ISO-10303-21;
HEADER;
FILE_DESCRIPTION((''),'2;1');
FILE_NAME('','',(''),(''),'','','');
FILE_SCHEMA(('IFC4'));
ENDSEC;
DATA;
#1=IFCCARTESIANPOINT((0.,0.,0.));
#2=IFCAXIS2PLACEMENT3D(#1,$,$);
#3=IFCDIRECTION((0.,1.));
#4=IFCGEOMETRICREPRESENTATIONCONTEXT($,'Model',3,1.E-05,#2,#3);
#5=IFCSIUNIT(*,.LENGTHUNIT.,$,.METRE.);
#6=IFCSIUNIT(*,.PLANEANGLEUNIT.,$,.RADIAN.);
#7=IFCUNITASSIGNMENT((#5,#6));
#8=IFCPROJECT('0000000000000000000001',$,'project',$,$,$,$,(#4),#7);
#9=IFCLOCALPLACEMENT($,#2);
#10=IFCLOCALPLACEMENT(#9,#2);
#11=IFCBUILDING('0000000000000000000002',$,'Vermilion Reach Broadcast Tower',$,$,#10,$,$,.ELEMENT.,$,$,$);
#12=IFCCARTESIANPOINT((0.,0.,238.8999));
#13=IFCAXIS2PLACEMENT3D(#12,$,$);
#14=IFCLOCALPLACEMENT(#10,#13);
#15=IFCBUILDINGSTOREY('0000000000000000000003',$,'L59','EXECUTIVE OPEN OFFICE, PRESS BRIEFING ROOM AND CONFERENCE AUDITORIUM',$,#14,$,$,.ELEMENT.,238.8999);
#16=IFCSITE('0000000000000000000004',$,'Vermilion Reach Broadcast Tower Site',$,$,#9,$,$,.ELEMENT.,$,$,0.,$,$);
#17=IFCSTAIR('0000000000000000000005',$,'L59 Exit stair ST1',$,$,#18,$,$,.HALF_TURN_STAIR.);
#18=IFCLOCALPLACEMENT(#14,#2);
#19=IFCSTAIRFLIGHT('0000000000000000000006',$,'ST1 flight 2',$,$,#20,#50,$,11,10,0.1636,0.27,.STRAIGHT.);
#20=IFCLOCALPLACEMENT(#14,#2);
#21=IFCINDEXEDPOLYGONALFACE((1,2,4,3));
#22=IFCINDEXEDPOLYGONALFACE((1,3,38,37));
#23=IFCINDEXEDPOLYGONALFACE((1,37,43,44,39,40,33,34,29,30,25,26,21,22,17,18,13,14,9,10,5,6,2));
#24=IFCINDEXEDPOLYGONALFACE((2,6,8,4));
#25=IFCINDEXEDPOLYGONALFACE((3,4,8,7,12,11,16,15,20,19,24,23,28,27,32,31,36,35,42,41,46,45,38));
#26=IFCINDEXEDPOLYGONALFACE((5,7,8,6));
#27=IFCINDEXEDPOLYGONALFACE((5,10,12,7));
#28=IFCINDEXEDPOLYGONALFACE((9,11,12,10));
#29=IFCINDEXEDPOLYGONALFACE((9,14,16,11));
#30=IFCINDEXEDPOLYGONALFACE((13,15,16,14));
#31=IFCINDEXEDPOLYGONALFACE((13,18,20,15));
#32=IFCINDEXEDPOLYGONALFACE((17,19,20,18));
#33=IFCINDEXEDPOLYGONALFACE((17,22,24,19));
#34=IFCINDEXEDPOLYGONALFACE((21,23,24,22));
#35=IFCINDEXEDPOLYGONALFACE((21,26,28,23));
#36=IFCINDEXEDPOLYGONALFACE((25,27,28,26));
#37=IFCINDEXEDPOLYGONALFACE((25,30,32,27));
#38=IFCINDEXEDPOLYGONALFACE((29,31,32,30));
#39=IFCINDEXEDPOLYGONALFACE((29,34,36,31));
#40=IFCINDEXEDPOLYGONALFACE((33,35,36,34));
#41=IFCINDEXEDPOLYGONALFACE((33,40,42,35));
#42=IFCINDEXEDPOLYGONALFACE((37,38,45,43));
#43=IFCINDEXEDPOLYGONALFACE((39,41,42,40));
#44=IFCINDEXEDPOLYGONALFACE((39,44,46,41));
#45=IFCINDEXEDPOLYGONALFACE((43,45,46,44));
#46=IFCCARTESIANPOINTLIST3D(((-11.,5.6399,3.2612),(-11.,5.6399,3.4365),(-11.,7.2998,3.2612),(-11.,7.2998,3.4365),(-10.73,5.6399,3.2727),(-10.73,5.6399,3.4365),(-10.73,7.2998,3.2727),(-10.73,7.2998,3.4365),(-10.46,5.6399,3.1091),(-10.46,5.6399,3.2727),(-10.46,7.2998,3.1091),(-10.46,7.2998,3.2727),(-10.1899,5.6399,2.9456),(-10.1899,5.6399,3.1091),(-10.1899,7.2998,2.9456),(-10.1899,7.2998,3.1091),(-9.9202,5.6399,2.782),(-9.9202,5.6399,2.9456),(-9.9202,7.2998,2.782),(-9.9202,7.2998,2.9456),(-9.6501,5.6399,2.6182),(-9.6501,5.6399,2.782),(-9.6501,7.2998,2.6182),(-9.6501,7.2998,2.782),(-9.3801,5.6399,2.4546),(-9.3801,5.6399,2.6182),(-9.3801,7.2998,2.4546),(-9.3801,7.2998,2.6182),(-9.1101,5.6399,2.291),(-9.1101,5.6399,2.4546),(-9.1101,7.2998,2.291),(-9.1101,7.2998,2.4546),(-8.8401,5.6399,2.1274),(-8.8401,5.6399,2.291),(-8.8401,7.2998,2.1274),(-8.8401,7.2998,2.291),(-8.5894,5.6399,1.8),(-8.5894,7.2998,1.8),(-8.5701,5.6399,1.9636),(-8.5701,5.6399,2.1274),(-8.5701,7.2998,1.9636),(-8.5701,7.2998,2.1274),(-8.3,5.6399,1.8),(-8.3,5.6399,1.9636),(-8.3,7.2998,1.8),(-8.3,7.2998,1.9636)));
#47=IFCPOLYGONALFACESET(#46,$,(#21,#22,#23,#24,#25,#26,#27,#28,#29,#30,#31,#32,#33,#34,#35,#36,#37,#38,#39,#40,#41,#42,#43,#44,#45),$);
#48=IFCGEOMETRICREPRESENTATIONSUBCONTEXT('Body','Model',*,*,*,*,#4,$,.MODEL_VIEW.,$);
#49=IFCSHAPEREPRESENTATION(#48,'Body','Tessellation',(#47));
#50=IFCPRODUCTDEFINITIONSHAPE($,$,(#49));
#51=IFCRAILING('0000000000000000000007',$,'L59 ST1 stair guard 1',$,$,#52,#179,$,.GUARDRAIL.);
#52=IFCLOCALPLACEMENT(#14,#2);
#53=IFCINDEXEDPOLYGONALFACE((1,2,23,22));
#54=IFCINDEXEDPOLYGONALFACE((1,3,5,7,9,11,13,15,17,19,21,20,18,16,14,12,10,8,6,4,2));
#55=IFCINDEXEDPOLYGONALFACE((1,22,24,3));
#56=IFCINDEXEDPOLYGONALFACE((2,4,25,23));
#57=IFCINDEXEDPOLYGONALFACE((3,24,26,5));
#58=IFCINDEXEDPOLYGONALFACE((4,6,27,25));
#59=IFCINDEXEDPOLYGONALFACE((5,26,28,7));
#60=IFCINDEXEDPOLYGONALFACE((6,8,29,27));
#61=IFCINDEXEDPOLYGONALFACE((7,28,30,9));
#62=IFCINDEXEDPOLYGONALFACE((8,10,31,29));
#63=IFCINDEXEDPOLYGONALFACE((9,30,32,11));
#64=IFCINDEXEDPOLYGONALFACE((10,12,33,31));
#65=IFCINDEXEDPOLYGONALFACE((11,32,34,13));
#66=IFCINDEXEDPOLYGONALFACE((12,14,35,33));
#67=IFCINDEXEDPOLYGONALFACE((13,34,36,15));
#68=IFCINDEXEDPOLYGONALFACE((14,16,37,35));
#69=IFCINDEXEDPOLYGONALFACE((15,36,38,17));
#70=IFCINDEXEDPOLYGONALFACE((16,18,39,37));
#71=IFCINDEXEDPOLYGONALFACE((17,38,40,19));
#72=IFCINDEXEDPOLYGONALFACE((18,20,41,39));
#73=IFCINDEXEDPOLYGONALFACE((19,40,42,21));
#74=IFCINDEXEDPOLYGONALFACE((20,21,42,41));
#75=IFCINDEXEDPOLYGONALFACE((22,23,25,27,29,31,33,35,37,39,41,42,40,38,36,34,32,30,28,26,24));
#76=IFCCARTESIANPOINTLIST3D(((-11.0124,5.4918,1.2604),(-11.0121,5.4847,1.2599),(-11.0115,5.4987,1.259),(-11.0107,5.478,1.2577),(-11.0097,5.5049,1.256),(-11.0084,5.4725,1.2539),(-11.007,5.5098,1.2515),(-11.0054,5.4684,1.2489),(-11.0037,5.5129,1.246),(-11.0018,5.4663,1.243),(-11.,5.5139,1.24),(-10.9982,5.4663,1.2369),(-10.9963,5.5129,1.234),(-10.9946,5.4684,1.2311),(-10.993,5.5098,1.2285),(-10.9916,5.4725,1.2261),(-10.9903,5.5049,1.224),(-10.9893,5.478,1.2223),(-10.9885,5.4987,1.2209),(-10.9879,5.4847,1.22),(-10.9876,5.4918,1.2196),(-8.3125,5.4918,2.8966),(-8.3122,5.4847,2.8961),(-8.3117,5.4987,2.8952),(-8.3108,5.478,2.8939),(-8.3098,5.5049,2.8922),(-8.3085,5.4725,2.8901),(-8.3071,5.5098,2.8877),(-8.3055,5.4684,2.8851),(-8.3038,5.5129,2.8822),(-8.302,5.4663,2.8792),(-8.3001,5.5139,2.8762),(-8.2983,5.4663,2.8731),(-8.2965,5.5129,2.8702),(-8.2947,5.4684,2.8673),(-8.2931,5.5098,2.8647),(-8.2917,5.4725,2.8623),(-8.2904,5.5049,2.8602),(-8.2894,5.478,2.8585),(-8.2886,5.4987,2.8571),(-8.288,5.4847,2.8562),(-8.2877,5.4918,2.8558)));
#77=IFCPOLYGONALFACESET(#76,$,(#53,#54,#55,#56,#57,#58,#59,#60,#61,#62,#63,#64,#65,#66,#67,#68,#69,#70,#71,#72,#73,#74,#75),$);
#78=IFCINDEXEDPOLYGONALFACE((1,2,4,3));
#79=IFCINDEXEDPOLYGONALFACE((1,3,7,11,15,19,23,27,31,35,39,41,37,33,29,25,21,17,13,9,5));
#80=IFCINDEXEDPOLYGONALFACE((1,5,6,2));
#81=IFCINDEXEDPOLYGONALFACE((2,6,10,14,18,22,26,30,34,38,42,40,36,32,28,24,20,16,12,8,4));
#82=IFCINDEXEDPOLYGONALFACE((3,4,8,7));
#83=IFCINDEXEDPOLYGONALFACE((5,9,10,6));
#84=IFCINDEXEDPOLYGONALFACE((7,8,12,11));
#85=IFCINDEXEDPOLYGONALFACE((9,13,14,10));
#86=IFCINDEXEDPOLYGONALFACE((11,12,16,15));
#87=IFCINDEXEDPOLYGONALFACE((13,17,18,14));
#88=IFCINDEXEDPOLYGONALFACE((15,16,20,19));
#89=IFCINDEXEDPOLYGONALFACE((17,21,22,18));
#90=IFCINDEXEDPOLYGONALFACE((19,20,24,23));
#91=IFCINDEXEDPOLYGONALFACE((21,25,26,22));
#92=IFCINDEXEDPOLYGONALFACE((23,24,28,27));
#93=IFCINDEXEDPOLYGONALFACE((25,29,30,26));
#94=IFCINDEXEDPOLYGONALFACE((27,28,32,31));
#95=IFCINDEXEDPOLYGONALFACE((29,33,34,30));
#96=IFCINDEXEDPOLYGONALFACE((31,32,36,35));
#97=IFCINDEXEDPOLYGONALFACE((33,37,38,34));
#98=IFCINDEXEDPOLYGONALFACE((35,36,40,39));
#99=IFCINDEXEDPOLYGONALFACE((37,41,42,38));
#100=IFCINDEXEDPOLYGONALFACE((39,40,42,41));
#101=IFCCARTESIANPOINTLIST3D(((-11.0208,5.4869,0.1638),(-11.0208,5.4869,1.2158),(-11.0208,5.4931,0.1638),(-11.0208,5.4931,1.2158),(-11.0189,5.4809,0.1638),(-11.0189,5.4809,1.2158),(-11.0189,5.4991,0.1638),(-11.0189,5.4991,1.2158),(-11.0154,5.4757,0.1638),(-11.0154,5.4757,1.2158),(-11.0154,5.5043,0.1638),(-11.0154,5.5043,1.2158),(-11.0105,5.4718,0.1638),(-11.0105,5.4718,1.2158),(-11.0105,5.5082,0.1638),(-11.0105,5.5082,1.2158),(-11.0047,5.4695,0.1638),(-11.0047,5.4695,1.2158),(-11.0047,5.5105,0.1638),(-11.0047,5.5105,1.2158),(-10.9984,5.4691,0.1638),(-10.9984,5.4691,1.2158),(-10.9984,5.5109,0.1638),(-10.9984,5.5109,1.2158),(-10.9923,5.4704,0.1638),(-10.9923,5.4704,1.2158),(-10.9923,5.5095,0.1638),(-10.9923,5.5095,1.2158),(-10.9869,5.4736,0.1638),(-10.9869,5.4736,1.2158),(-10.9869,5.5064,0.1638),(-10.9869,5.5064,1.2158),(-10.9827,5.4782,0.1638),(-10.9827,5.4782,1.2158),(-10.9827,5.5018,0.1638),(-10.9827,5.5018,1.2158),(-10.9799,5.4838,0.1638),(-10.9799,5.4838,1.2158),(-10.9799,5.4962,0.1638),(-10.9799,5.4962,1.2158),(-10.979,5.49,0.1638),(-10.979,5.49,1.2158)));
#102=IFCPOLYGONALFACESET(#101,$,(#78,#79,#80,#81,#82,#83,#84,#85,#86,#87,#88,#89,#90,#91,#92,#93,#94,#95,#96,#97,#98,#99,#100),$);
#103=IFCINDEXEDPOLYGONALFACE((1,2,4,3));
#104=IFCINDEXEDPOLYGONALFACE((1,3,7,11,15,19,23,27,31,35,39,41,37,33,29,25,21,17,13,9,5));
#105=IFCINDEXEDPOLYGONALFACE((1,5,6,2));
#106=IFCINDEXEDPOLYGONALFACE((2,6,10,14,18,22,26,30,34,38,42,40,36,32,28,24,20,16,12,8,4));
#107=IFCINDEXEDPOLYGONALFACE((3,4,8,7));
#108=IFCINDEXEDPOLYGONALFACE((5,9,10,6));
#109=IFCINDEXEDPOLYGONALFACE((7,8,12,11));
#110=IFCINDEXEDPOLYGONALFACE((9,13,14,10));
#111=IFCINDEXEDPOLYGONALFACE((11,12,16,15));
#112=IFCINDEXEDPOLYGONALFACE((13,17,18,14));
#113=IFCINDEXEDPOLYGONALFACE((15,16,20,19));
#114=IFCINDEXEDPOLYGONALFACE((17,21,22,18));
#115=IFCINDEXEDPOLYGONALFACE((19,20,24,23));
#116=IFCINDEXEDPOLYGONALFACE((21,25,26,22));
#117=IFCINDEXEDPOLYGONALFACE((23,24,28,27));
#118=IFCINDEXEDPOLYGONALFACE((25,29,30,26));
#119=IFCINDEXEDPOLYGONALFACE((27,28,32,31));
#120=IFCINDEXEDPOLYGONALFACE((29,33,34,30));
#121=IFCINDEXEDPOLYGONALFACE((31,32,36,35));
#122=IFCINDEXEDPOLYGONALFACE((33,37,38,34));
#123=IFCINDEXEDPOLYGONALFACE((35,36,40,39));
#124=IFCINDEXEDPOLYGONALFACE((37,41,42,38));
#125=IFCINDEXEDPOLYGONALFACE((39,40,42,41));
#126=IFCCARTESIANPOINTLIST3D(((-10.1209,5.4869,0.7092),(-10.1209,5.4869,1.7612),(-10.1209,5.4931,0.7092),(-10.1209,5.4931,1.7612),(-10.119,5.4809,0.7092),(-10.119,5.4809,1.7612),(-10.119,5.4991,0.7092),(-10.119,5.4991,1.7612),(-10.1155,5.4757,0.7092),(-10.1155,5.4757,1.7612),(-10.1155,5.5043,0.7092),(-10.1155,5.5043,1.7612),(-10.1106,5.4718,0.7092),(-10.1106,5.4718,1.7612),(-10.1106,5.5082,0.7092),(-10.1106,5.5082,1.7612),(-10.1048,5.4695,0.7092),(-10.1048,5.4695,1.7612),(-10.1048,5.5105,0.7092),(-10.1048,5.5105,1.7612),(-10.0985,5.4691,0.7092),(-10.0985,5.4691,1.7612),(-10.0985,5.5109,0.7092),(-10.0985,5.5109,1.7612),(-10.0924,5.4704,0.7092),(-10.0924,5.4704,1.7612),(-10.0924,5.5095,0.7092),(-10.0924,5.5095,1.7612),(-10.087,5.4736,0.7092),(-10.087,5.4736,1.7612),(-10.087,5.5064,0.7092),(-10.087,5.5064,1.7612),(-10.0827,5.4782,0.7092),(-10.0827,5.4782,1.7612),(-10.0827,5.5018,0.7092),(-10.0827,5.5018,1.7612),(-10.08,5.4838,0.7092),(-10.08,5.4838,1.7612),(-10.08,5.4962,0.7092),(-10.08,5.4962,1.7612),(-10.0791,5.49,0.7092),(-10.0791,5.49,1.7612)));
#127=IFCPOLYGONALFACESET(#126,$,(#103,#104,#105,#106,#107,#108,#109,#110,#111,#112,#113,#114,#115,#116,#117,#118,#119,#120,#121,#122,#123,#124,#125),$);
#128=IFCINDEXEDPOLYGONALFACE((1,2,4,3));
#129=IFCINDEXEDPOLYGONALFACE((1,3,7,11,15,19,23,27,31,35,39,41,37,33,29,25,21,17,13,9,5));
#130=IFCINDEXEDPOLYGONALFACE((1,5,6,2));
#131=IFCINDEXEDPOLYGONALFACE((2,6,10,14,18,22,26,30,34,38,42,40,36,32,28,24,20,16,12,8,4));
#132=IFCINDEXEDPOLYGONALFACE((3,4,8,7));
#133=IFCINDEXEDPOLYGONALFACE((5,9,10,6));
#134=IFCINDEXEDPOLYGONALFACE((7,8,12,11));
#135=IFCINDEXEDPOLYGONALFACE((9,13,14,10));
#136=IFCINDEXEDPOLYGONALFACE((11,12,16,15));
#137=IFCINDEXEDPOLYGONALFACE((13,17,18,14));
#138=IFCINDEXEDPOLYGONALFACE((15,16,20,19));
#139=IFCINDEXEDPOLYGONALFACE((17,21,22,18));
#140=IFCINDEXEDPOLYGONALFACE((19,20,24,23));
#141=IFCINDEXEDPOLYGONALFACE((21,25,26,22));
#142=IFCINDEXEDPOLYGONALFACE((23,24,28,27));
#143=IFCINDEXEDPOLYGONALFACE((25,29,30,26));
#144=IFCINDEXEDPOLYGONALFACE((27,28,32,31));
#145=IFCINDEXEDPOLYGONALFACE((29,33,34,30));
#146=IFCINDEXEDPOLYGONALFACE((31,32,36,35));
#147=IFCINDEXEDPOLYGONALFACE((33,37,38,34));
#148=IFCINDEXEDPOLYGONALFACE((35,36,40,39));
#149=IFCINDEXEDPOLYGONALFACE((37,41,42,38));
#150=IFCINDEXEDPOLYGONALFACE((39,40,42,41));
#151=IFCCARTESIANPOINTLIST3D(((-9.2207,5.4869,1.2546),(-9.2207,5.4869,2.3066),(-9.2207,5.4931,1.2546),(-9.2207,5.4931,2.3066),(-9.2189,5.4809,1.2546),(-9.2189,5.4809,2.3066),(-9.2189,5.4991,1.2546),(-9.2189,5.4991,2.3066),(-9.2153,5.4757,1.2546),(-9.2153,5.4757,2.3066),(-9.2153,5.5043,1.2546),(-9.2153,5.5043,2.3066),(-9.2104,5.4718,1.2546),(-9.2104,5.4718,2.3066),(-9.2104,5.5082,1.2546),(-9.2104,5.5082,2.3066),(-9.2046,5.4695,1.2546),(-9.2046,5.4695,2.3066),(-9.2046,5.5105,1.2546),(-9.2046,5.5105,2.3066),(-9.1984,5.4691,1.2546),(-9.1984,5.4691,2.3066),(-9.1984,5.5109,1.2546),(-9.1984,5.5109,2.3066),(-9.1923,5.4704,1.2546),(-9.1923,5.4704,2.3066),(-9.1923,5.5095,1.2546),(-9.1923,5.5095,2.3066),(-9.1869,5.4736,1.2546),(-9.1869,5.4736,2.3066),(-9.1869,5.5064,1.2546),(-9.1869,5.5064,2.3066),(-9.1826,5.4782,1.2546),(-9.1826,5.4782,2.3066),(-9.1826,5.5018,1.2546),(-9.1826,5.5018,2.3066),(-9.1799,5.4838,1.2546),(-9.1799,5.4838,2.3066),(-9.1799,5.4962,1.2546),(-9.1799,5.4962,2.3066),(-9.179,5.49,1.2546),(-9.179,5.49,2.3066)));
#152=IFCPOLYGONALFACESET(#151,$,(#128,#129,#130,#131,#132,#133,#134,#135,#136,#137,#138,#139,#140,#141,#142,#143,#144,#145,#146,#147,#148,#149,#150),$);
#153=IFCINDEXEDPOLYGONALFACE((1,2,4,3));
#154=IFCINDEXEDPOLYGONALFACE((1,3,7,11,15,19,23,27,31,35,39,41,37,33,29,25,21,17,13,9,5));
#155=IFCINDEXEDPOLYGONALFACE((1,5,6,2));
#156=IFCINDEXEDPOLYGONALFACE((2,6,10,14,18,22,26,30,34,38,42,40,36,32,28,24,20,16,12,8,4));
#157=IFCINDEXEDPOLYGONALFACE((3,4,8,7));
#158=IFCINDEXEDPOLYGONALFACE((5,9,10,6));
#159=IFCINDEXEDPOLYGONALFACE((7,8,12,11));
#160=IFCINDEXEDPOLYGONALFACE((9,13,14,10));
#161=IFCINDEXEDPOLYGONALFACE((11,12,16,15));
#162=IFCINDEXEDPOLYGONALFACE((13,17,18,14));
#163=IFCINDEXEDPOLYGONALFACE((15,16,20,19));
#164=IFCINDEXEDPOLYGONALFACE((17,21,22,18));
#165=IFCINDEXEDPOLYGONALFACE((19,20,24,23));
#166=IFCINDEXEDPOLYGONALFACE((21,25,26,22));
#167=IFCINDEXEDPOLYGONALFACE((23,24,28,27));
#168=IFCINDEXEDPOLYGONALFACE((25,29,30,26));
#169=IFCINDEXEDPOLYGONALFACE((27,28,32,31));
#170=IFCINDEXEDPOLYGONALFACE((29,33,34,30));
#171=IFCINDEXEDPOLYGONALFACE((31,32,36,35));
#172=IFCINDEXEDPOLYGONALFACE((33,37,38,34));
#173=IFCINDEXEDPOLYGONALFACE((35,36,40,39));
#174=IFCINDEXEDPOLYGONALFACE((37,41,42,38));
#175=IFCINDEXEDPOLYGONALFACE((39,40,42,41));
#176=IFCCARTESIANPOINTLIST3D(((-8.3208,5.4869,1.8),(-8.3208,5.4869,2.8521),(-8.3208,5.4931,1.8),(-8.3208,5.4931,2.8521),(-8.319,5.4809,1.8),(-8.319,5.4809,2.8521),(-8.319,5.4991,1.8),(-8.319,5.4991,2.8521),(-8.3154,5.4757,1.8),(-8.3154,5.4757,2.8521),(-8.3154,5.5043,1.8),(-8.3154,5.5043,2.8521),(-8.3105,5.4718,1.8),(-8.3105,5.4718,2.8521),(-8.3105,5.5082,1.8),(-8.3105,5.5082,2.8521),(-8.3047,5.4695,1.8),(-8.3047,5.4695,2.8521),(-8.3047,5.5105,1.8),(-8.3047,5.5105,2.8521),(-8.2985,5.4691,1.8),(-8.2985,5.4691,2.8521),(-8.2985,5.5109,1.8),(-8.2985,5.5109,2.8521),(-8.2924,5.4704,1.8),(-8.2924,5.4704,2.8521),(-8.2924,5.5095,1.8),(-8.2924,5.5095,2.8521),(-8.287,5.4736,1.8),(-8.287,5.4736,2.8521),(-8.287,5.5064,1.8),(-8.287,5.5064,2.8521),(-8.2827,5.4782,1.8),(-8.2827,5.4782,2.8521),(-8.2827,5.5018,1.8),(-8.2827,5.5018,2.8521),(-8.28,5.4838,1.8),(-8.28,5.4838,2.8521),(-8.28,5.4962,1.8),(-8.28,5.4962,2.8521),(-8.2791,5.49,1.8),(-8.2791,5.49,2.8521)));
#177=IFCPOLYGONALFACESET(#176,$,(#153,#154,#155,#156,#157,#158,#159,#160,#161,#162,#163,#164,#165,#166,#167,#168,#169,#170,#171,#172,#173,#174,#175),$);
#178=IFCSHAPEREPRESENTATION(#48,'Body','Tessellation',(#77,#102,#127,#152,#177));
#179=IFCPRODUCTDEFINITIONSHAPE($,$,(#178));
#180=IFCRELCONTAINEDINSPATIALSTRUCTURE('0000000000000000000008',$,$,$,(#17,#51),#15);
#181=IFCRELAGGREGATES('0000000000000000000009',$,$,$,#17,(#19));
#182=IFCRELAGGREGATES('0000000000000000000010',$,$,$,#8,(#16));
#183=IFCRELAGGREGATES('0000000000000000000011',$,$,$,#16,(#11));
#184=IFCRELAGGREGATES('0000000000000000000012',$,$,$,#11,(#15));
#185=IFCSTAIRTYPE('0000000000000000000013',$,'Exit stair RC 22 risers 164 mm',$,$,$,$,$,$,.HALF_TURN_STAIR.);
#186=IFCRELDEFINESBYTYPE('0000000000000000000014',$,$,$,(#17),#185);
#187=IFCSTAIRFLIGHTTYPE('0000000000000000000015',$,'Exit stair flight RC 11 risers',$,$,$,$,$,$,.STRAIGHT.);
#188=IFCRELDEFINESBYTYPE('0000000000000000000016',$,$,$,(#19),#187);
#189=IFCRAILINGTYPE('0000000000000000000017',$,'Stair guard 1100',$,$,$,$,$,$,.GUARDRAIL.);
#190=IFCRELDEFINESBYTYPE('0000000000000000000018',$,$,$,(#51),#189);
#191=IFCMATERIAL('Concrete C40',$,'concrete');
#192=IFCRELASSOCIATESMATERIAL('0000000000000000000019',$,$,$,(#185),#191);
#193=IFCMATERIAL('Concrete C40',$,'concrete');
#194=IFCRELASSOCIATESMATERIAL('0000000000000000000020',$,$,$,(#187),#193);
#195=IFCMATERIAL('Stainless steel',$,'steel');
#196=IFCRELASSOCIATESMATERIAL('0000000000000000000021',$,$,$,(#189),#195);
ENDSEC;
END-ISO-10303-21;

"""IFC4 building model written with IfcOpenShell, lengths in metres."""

from ifc_helpers import new_model, si_unit, direction, frame, origin, origin_2d, place, context, subcontext, project, spatial, polyline, circle, outline, extrude, material, type_object, element, aggregate, save


model = new_model("IFC4")

# Units and contexts
model_context = context("Model", 3, precision=1e-05, world=origin(), true_north=direction((0.0, 1.0)))
body_context = subcontext(model_context, "Body", "Model", "MODEL_VIEW")
ifc_project = project(units=[si_unit("LENGTHUNIT", "METRE"), si_unit("PLANEANGLEUNIT", "RADIAN")], contexts=[model_context])

# Site, building, storey
site_placement = place(None, origin())
site = spatial("IfcSite", under=ifc_project, at=site_placement, Name="Vermilion Reach Broadcast Tower Site", CompositionType="ELEMENT", RefElevation=0.0)
building_placement = place(site_placement, origin())
building = spatial("IfcBuilding", under=site, at=building_placement, Name="Vermilion Reach Broadcast Tower", CompositionType="ELEMENT")
storey_placement = place(building_placement, frame((0.0, 0.0, 238.8999)))
storey = spatial("IfcBuildingStorey", under=building, at=storey_placement, Name="L59", Description="EXECUTIVE OPEN OFFICE, PRESS BRIEFING ROOM AND CONFERENCE AUDITORIUM", CompositionType="ELEMENT", Elevation=238.8999)

# Stair, stair flight
ifc_material_1 = material(Name="Concrete C40", Category="concrete")
stair_type = type_object("IfcStairType", Name="Exit stair RC 22 risers 164 mm", PredefinedType="HALF_TURN_STAIR", material=ifc_material_1)
stair_placement = place(storey_placement, origin())
stair = element("IfcStair", 1, at=stair_placement, inside=storey, type_object=stair_type, Name="L59 Exit stair ST1", PredefinedType="HALF_TURN_STAIR")
ifc_material_2 = material(Name="Concrete C40", Category="concrete")
stair_flight_type = type_object("IfcStairFlightType", Name="Exit stair flight RC 11 risers", PredefinedType="STRAIGHT", material=ifc_material_2)
stair_flight_1_placement = place(storey_placement, frame((-8.3, 6.47, 1.8), z_axis=(0.0, 0.0, 1.0), x_axis=(-1.0, 0.0, 0.0)))
stair_flight_1 = element("IfcStairFlight", 2, at=stair_flight_1_placement, type_object=stair_flight_type, Name="ST1 flight 2", NumberOfRisers=11, NumberOfTreads=10, PredefinedType="STRAIGHT", RiserHeight=0.1636, TreadLength=0.27, context=body_context, shape_type="SweptSolid", body=[
    extrude(outline(polyline([(0.0, 0.0), (0.0, 0.1636), (0.27, 0.1636), (0.27, 0.3274), (0.54, 0.3274), (0.54, 0.491), (0.8101, 0.491), (0.8101, 0.6545), (1.0801, 0.6545), (1.0801, 0.8181), (1.3501, 0.8181), (1.3501, 0.9819), (1.6201, 0.9819), (1.6201, 1.1455), (1.8899, 1.1455), (1.8899, 1.3091), (2.1599, 1.3091), (2.1599, 1.4727), (2.4299, 1.4727), (2.4299, 1.6365), (2.7, 1.6365), (2.7, 1.8), (2.7, 1.4612), (0.2893, 0.0), (0.0, 0.0)])), frame((0.0, 0.8301, 0.0), z_axis=(0.0, -1.0, 0.0), x_axis=(1.0, 0.0, 0.0)), (0.0, 0.0, 1.0), 1.6599),
])
aggregate(stair, [stair_flight_1])

# Railing
ifc_material_3 = material(Name="Stainless steel", Category="steel")
railing_type_1 = type_object("IfcRailingType", Name="Stair guard 1100", PredefinedType="GUARDRAIL", material=ifc_material_3)
railing_1_placement = place(storey_placement, frame((-11.0, 5.49, 0.1638)))
element("IfcRailing", 3, at=railing_1_placement, inside=storey, type_object=railing_type_1, Name="L59 ST1 stair guard 1", PredefinedType="GUARDRAIL", context=body_context, shape_type="SweptSolid", body=[
    extrude(circle(Radius=0.0239, at=origin_2d()), frame((0.0, 0.0, 1.0762), z_axis=(0.855212, 0.0, 0.518278), x_axis=(0.0, 1.0, 0.0)), (0.0, 0.0, 1.0), 3.157),
    extrude(circle(Radius=0.021, at=origin_2d()), origin(), (0.0, 0.0, 1.0), 1.052),
    extrude(circle(Radius=0.021, at=origin_2d()), frame((0.8999, 0.0, 0.5454)), (0.0, 0.0, 1.0), 1.052),
    extrude(circle(Radius=0.021, at=origin_2d()), frame((1.8, 0.0, 1.0908)), (0.0, 0.0, 1.0), 1.052),
    extrude(circle(Radius=0.021, at=origin_2d()), frame((2.7, 0.0, 1.6362)), (0.0, 0.0, 1.0), 1.052),
])

save(model, "model.ifc")
